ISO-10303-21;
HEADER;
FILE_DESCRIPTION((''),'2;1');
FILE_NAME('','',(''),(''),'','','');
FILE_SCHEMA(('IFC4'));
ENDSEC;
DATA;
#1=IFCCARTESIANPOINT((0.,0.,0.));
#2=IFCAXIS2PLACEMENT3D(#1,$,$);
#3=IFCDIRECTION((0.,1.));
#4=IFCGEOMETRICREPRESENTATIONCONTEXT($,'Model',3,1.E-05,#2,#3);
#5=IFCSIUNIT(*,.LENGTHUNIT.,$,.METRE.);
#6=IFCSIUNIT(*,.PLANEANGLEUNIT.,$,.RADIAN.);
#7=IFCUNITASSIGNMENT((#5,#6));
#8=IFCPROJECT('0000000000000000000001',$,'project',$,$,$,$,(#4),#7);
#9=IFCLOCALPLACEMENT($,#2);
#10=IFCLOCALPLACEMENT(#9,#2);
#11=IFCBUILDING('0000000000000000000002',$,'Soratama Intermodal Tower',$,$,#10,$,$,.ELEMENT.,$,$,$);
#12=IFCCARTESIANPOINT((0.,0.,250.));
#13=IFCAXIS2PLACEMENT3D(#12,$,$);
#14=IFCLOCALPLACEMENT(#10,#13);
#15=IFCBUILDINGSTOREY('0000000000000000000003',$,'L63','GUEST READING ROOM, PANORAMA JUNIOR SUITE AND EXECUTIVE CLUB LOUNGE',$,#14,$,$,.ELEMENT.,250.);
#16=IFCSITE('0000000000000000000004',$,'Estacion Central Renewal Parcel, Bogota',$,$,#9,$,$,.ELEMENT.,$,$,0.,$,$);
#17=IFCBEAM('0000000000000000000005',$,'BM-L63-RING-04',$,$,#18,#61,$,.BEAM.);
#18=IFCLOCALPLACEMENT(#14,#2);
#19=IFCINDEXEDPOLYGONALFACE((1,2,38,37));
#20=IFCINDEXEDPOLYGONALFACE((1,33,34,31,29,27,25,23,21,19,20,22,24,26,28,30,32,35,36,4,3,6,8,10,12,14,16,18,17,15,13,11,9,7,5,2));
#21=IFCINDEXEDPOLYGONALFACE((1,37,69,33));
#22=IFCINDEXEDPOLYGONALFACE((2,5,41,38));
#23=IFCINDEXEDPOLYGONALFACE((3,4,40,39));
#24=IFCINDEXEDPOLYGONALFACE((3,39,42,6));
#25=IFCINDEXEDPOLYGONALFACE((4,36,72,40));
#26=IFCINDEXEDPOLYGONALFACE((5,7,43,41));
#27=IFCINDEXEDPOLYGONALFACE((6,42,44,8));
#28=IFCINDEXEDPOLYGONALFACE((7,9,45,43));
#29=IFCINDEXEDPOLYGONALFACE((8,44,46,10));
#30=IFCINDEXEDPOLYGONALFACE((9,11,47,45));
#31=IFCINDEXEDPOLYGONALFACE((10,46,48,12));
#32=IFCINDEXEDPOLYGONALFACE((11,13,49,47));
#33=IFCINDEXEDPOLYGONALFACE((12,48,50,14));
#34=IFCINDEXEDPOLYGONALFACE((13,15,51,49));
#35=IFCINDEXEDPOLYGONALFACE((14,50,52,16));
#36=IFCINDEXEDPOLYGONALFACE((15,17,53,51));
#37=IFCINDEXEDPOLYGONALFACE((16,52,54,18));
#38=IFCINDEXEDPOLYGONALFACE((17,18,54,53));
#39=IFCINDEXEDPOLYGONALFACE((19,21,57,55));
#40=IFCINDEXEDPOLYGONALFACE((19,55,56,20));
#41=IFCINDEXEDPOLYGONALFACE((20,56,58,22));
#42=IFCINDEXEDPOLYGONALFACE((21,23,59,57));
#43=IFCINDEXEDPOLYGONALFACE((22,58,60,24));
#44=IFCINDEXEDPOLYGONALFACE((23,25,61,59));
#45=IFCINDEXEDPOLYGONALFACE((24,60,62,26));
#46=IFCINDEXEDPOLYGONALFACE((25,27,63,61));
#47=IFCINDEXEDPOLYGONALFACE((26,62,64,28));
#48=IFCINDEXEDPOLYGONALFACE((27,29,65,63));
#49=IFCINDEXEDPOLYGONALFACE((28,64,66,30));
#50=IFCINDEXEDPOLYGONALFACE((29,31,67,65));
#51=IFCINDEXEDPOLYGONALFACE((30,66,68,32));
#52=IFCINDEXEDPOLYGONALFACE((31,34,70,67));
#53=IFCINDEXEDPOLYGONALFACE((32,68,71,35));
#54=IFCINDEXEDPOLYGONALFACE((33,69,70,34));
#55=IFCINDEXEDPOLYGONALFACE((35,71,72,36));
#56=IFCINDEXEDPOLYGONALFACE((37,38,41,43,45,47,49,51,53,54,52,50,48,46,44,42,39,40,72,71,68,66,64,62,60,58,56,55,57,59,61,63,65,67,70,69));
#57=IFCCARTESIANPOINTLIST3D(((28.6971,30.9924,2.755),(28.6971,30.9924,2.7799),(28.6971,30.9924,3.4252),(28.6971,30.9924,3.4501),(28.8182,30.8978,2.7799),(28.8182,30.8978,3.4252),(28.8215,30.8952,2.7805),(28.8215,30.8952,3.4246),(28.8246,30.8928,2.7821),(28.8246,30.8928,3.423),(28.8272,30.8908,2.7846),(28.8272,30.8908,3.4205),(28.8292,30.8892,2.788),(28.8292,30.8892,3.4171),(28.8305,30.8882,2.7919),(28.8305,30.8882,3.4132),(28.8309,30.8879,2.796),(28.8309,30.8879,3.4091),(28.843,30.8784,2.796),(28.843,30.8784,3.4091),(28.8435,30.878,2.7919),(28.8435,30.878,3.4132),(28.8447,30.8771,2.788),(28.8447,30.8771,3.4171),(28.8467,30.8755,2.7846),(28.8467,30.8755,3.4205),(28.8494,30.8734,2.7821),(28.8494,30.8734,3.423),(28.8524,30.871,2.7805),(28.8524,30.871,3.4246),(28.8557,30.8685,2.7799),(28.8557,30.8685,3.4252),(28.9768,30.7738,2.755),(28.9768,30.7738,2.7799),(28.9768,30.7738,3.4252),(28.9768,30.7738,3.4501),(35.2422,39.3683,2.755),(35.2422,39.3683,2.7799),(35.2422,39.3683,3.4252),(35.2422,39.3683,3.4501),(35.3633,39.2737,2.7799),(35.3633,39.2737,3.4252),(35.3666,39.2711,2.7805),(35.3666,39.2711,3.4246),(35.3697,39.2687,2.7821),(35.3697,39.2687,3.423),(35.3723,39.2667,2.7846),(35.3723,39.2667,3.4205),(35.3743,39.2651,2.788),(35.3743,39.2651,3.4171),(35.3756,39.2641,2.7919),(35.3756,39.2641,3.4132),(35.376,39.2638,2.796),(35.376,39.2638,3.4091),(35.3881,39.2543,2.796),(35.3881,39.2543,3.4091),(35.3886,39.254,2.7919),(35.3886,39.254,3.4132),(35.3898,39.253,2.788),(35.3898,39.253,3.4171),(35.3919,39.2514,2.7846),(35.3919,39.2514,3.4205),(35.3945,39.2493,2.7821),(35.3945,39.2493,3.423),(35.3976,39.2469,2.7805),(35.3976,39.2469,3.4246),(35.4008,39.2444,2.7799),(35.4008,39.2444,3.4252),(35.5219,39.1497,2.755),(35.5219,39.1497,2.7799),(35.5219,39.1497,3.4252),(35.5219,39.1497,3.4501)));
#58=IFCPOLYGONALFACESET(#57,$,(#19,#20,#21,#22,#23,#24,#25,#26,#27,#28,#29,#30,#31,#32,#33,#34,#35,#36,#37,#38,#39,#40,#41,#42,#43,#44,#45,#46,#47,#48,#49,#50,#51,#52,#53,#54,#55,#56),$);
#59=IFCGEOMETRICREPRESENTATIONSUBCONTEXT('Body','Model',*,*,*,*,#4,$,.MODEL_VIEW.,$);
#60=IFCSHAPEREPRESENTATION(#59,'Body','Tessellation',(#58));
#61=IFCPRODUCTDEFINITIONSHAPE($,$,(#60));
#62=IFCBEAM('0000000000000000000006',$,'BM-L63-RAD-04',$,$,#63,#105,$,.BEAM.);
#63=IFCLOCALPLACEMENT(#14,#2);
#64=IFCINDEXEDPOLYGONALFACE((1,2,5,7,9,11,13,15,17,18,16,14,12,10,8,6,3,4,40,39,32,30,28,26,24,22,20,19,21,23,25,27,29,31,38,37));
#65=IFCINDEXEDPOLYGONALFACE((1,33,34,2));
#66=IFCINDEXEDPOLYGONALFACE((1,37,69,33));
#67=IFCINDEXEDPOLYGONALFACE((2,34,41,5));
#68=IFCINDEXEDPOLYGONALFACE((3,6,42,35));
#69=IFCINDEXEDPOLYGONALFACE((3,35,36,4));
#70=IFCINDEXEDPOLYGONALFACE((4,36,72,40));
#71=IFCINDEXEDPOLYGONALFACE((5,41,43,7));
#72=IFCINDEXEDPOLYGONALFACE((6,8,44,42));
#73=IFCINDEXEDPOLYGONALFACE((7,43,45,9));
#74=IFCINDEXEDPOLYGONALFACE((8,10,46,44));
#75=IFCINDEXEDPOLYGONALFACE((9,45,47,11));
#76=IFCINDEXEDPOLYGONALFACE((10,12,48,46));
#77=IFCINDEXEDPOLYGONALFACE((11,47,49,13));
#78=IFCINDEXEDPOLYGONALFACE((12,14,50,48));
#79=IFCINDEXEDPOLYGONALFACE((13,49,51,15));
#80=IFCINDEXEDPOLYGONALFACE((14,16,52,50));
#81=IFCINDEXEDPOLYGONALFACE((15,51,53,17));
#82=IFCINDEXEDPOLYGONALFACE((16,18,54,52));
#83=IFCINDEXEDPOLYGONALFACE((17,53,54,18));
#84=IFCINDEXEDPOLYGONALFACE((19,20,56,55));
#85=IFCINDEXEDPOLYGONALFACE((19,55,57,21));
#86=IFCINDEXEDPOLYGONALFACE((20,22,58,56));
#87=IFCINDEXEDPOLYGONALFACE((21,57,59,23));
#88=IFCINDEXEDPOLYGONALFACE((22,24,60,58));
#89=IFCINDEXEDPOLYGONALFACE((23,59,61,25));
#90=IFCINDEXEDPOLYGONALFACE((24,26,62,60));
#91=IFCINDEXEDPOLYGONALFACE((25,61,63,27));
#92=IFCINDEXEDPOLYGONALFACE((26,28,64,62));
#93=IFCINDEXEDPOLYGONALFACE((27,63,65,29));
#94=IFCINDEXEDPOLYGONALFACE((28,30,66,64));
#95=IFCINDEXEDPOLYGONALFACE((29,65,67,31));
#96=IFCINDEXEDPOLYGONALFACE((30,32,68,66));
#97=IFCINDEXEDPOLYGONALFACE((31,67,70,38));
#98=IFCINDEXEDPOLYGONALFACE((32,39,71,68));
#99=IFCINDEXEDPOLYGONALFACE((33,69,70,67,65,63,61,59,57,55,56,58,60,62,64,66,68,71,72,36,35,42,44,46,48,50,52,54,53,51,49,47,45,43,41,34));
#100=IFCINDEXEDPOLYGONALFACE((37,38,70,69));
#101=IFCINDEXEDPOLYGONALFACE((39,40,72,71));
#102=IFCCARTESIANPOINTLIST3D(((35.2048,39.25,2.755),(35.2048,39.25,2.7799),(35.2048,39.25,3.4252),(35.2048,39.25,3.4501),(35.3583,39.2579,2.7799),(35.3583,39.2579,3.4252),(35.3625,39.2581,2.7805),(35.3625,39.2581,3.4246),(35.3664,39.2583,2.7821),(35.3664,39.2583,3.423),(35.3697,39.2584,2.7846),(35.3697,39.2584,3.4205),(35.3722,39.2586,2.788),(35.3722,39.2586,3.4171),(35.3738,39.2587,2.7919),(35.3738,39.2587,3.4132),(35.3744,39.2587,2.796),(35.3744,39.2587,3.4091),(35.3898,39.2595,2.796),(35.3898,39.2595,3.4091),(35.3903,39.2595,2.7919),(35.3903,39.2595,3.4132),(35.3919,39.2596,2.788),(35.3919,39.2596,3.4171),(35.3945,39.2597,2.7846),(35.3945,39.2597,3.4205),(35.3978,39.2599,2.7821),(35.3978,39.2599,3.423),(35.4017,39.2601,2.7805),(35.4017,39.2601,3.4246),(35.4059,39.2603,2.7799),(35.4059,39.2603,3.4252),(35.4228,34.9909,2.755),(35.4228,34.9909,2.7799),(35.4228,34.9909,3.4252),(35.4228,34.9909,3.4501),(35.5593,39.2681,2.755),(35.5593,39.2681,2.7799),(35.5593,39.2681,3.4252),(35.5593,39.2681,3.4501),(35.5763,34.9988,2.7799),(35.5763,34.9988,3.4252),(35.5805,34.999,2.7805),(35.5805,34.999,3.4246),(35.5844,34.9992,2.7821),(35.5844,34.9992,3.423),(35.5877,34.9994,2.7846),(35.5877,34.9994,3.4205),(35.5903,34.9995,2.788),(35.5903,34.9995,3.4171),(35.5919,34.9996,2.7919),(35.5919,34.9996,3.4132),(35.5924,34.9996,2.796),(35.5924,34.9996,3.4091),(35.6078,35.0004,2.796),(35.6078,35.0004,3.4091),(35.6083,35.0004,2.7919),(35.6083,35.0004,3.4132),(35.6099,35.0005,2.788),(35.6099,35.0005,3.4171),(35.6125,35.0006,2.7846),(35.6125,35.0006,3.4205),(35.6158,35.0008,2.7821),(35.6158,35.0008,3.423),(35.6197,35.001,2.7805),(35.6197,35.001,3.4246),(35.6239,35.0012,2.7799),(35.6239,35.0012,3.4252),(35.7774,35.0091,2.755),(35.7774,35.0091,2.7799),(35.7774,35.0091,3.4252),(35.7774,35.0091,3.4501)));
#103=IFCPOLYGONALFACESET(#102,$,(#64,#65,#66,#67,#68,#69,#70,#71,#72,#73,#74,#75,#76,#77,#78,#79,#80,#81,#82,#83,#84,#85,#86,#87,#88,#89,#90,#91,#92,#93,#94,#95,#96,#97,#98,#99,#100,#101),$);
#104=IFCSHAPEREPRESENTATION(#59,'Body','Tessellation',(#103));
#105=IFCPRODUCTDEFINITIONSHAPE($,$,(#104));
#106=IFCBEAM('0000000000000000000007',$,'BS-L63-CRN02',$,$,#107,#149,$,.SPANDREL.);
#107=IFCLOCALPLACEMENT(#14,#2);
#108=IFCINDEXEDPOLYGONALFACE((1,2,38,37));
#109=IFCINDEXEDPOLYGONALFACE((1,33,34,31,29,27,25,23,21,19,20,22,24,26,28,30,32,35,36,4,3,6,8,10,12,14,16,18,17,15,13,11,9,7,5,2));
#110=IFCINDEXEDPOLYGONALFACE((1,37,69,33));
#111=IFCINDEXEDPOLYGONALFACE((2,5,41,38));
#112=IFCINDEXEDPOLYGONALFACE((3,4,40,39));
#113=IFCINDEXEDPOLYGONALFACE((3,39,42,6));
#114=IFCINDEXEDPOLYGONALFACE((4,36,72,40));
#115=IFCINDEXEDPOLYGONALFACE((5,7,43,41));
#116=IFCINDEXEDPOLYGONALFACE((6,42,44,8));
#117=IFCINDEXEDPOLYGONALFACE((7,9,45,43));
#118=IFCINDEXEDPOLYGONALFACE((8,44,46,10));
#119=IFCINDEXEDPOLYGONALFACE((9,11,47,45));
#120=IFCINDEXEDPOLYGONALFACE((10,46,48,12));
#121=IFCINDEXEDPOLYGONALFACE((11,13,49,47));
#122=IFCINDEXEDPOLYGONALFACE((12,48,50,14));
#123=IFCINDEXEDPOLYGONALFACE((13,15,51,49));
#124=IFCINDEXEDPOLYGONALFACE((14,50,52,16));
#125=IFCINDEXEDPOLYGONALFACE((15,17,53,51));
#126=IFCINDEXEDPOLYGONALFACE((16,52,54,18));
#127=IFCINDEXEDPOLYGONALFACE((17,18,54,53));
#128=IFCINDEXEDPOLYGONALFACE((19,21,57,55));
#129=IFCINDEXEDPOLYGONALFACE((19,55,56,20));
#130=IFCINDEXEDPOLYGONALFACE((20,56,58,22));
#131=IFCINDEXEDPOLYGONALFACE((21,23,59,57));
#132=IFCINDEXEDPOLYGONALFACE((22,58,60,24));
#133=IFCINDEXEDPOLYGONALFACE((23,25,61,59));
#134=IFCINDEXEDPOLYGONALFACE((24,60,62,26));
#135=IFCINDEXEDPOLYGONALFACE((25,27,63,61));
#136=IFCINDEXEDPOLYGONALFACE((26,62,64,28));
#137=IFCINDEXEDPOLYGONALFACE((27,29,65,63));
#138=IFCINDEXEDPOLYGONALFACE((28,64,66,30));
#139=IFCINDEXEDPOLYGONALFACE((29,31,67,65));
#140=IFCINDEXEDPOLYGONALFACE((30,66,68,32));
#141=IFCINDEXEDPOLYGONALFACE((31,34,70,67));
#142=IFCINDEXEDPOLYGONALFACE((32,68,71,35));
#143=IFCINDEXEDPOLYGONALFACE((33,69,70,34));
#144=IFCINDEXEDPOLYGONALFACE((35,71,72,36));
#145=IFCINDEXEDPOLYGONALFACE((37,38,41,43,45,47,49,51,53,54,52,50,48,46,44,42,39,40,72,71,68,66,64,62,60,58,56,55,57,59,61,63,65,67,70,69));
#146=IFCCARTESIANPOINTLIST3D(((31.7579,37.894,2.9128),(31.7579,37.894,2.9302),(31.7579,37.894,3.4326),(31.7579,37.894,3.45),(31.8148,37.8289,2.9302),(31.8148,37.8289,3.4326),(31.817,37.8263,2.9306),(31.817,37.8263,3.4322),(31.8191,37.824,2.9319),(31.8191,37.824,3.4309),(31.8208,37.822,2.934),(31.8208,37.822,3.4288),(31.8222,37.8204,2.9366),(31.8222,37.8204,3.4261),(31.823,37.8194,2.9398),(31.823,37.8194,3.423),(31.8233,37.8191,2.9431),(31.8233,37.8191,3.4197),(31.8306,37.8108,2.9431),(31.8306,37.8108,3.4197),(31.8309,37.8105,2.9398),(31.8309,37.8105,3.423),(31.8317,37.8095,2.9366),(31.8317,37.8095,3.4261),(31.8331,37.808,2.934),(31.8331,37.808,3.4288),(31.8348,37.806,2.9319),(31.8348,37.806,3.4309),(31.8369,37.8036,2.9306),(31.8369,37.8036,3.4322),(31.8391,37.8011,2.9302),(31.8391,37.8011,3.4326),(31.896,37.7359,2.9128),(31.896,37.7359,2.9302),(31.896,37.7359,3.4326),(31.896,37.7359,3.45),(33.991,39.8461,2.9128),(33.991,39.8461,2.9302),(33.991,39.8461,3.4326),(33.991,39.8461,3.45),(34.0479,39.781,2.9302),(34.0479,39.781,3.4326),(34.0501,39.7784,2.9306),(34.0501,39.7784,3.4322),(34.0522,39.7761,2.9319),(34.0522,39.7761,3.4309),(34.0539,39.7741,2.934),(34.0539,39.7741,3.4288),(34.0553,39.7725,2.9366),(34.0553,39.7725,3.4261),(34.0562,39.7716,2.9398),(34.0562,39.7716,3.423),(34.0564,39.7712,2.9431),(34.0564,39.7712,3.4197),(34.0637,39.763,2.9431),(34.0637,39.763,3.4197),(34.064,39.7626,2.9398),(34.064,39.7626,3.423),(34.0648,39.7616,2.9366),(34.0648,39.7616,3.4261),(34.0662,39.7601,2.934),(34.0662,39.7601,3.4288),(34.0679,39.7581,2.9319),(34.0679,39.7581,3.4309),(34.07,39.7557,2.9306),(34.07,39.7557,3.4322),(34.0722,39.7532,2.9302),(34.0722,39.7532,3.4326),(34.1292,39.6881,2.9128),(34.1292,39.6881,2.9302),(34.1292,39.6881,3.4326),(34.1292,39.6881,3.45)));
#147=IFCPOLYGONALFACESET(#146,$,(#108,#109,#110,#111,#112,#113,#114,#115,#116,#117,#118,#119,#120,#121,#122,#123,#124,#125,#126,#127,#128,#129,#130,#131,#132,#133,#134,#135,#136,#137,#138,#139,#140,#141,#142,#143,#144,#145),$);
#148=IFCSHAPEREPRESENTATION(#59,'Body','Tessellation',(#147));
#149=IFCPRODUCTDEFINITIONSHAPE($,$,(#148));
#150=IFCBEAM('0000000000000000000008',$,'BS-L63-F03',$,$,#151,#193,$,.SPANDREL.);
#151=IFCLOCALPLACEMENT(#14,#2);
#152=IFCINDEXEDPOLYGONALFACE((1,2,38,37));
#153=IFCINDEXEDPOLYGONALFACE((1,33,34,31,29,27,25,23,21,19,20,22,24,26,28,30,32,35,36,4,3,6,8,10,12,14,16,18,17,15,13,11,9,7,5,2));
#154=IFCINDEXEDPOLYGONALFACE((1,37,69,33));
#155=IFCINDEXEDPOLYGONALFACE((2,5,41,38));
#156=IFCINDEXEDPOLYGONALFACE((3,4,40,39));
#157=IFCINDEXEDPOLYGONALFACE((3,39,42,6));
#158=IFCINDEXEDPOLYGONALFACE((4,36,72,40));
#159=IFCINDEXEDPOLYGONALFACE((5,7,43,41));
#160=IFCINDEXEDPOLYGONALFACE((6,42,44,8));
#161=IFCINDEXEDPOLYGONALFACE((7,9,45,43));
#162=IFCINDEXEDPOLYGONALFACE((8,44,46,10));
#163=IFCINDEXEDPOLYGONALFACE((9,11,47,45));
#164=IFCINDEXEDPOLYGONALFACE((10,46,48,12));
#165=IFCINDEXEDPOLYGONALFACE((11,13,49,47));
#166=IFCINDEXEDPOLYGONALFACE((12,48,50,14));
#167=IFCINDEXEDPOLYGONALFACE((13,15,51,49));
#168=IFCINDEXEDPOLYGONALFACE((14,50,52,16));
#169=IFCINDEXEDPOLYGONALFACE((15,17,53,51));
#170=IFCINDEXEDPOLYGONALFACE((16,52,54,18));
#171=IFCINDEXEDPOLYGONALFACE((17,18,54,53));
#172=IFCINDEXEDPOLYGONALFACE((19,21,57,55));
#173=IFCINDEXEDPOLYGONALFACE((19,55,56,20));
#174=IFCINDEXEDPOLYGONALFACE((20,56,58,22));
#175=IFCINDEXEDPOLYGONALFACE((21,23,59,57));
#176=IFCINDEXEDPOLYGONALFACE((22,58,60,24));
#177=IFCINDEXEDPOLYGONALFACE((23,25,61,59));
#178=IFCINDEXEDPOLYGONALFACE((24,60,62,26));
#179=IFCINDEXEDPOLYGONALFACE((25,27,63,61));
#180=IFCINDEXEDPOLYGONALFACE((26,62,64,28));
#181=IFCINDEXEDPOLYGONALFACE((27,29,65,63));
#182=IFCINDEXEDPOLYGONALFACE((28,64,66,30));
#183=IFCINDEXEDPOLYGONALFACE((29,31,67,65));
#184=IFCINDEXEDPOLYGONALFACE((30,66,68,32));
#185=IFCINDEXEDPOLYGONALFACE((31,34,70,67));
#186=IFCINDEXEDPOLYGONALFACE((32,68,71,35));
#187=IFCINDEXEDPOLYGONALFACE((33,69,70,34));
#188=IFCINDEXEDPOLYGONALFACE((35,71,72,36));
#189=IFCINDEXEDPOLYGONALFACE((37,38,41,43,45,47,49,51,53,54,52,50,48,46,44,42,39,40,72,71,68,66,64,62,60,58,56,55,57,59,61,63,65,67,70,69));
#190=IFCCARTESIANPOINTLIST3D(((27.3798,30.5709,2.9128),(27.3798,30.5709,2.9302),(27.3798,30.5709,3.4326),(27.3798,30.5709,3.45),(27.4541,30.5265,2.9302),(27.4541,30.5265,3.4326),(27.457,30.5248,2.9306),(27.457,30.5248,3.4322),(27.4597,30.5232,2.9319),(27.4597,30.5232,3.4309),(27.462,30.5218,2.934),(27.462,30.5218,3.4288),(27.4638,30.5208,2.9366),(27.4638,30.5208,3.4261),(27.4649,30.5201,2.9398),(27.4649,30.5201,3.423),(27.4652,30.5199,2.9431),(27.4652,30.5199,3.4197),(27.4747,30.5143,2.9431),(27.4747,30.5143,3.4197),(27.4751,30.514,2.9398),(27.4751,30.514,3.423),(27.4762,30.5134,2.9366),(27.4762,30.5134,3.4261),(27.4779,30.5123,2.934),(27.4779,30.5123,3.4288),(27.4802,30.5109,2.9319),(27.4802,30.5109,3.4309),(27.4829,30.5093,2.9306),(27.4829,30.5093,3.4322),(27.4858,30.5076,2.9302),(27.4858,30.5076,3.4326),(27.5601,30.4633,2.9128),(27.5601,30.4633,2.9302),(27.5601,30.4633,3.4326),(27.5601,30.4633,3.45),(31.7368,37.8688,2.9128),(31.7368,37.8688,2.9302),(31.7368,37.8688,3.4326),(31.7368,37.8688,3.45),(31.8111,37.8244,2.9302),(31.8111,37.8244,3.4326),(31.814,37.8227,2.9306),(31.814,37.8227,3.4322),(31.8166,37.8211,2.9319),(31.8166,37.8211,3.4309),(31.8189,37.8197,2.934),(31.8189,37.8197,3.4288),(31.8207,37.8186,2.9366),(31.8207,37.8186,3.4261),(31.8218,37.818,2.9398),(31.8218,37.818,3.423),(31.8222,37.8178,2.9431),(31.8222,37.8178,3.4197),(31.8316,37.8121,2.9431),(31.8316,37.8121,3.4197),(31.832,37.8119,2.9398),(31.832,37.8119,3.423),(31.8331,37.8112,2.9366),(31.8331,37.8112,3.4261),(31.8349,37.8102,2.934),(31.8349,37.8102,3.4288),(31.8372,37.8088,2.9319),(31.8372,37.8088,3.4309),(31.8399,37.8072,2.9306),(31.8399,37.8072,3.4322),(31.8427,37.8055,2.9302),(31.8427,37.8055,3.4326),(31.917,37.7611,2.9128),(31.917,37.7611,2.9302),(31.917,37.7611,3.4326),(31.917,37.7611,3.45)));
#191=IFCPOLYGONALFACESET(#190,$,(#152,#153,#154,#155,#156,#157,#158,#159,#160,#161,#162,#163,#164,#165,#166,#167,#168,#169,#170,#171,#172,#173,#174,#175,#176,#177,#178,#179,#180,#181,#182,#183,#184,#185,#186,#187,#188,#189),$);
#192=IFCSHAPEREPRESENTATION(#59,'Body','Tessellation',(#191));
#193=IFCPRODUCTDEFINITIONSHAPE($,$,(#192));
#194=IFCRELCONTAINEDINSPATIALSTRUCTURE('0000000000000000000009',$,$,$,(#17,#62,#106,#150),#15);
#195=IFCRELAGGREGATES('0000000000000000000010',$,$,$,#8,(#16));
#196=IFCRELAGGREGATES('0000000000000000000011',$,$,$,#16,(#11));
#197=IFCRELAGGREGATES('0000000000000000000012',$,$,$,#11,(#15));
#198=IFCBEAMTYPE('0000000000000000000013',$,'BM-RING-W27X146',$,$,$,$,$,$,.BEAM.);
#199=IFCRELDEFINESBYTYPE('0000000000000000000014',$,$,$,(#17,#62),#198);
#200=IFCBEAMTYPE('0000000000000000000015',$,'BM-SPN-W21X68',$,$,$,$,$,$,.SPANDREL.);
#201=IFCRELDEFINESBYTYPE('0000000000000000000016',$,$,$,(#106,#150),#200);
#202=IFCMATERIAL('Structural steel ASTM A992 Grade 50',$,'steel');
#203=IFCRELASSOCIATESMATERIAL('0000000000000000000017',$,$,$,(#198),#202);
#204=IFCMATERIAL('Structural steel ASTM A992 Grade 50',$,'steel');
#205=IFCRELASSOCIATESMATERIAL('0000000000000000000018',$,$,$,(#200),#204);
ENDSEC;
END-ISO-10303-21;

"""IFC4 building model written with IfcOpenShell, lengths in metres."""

from ifc_helpers import new_model, si_unit, direction, frame, origin, origin_2d, place, context, subcontext, project, spatial, i_section, extrude, material, material_profile, profile_set, type_object, element, save


model = new_model("IFC4")

# Units and contexts
model_context = context("Model", 3, precision=1e-05, world=origin(), true_north=direction((0.0, 1.0)))
body_context = subcontext(model_context, "Body", "Model", "MODEL_VIEW")
ifc_project = project(units=[si_unit("LENGTHUNIT", "METRE"), si_unit("PLANEANGLEUNIT", "RADIAN")], contexts=[model_context])

# Site, building, storey
site_placement = place(None, origin())
site = spatial("IfcSite", under=ifc_project, at=site_placement, Name="Estacion Central Renewal Parcel, Bogota", CompositionType="ELEMENT", RefElevation=0.0)
building_placement = place(site_placement, origin())
building = spatial("IfcBuilding", under=site, at=building_placement, Name="Soratama Intermodal Tower", CompositionType="ELEMENT")
storey_placement = place(building_placement, frame((0.0, 0.0, 250.0)))
storey = spatial("IfcBuildingStorey", under=building, at=storey_placement, Name="L63", Description="GUEST READING ROOM, PANORAMA JUNIOR SUITE AND EXECUTIVE CLUB LOUNGE", CompositionType="ELEMENT", Elevation=250.0)

# Beams
ifc_material_1 = material(Name="Structural steel ASTM A992 Grade 50", Category="steel")
ifc_material_profile_1 = material_profile(ifc_material_1, i_section(OverallWidth=0.355, OverallDepth=0.6951, WebThickness=0.0154, FlangeThickness=0.0249, FilletRadius=0.0161, at=origin_2d()), Name="W27X146")
ifc_profile_set_1 = profile_set([ifc_material_profile_1], Name="Structural steel ASTM A992 Grade 50")
beam_type_1 = type_object("IfcBeamType", Name="BM-RING-W27X146", PredefinedType="BEAM", material=ifc_profile_set_1)
beam_1_placement = place(storey_placement, frame((35.3821, 39.259, 3.1025), z_axis=(-0.615728, -0.787959, 0.0), x_axis=(0.787959, -0.615728, 0.0)))
element("IfcBeam", 1, at=beam_1_placement, inside=storey, type_object=beam_type_1, Name="BM-L63-RING-04", PredefinedType="BEAM", context=body_context, shape_type="SweptSolid", body=[
    extrude(i_section(OverallWidth=0.355, OverallDepth=0.6951, WebThickness=0.0154, FlangeThickness=0.0249, FilletRadius=0.0161, at=origin_2d()), origin(), (0.0, 0.0, 1.0), 10.6299),
])
beam_2_placement = place(storey_placement, frame((35.6001, 35.0, 3.1025), z_axis=(-0.051123, 0.998692, 0.0), x_axis=(-0.998692, -0.051123, 0.0)))
element("IfcBeam", 2, at=beam_2_placement, inside=storey, type_object=beam_type_1, Name="BM-L63-RAD-04", PredefinedType="BEAM", context=body_context, shape_type="SweptSolid", body=[
    extrude(i_section(OverallWidth=0.355, OverallDepth=0.6951, WebThickness=0.0154, FlangeThickness=0.0249, FilletRadius=0.0161, at=origin_2d()), origin(), (0.0, 0.0, 1.0), 4.2646),
])
ifc_material_2 = material(Name="Structural steel ASTM A992 Grade 50", Category="steel")
ifc_material_profile_2 = material_profile(ifc_material_2, i_section(OverallWidth=0.21, OverallDepth=0.5371, WebThickness=0.011, FlangeThickness=0.0173, FilletRadius=0.0129, at=origin_2d()), Name="W21X68")
ifc_profile_set_2 = profile_set([ifc_material_profile_2], Name="Structural steel ASTM A992 Grade 50")
beam_type_2 = type_object("IfcBeamType", Name="BM-SPN-W21X68", PredefinedType="SPANDREL", material=ifc_profile_set_2)
beam_3_placement = place(storey_placement, frame((34.0601, 39.7671, 3.1814), z_axis=(-0.752888, -0.658149, 0.0), x_axis=(0.658149, -0.752888, 0.0)))
element("IfcBeam", 3, at=beam_3_placement, inside=storey, type_object=beam_type_2, Name="BS-L63-CRN02", PredefinedType="SPANDREL", context=body_context, shape_type="SweptSolid", body=[
    extrude(i_section(OverallWidth=0.21, OverallDepth=0.5371, WebThickness=0.011, FlangeThickness=0.0173, FilletRadius=0.0129, at=origin_2d()), origin(), (0.0, 0.0, 1.0), 2.9661),
])
beam_4_placement = place(storey_placement, frame((31.8269, 37.8149, 3.1814), z_axis=(-0.512611, -0.858621, 0.0), x_axis=(0.858621, -0.512611, 0.0)))
element("IfcBeam", 4, at=beam_4_placement, inside=storey, type_object=beam_type_2, Name="BS-L63-F03", PredefinedType="SPANDREL", context=body_context, shape_type="SweptSolid", body=[
    extrude(i_section(OverallWidth=0.21, OverallDepth=0.5371, WebThickness=0.011, FlangeThickness=0.0173, FilletRadius=0.0129, at=origin_2d()), origin(), (0.0, 0.0, 1.0), 8.4995),
])

save(model, "model.ifc")
